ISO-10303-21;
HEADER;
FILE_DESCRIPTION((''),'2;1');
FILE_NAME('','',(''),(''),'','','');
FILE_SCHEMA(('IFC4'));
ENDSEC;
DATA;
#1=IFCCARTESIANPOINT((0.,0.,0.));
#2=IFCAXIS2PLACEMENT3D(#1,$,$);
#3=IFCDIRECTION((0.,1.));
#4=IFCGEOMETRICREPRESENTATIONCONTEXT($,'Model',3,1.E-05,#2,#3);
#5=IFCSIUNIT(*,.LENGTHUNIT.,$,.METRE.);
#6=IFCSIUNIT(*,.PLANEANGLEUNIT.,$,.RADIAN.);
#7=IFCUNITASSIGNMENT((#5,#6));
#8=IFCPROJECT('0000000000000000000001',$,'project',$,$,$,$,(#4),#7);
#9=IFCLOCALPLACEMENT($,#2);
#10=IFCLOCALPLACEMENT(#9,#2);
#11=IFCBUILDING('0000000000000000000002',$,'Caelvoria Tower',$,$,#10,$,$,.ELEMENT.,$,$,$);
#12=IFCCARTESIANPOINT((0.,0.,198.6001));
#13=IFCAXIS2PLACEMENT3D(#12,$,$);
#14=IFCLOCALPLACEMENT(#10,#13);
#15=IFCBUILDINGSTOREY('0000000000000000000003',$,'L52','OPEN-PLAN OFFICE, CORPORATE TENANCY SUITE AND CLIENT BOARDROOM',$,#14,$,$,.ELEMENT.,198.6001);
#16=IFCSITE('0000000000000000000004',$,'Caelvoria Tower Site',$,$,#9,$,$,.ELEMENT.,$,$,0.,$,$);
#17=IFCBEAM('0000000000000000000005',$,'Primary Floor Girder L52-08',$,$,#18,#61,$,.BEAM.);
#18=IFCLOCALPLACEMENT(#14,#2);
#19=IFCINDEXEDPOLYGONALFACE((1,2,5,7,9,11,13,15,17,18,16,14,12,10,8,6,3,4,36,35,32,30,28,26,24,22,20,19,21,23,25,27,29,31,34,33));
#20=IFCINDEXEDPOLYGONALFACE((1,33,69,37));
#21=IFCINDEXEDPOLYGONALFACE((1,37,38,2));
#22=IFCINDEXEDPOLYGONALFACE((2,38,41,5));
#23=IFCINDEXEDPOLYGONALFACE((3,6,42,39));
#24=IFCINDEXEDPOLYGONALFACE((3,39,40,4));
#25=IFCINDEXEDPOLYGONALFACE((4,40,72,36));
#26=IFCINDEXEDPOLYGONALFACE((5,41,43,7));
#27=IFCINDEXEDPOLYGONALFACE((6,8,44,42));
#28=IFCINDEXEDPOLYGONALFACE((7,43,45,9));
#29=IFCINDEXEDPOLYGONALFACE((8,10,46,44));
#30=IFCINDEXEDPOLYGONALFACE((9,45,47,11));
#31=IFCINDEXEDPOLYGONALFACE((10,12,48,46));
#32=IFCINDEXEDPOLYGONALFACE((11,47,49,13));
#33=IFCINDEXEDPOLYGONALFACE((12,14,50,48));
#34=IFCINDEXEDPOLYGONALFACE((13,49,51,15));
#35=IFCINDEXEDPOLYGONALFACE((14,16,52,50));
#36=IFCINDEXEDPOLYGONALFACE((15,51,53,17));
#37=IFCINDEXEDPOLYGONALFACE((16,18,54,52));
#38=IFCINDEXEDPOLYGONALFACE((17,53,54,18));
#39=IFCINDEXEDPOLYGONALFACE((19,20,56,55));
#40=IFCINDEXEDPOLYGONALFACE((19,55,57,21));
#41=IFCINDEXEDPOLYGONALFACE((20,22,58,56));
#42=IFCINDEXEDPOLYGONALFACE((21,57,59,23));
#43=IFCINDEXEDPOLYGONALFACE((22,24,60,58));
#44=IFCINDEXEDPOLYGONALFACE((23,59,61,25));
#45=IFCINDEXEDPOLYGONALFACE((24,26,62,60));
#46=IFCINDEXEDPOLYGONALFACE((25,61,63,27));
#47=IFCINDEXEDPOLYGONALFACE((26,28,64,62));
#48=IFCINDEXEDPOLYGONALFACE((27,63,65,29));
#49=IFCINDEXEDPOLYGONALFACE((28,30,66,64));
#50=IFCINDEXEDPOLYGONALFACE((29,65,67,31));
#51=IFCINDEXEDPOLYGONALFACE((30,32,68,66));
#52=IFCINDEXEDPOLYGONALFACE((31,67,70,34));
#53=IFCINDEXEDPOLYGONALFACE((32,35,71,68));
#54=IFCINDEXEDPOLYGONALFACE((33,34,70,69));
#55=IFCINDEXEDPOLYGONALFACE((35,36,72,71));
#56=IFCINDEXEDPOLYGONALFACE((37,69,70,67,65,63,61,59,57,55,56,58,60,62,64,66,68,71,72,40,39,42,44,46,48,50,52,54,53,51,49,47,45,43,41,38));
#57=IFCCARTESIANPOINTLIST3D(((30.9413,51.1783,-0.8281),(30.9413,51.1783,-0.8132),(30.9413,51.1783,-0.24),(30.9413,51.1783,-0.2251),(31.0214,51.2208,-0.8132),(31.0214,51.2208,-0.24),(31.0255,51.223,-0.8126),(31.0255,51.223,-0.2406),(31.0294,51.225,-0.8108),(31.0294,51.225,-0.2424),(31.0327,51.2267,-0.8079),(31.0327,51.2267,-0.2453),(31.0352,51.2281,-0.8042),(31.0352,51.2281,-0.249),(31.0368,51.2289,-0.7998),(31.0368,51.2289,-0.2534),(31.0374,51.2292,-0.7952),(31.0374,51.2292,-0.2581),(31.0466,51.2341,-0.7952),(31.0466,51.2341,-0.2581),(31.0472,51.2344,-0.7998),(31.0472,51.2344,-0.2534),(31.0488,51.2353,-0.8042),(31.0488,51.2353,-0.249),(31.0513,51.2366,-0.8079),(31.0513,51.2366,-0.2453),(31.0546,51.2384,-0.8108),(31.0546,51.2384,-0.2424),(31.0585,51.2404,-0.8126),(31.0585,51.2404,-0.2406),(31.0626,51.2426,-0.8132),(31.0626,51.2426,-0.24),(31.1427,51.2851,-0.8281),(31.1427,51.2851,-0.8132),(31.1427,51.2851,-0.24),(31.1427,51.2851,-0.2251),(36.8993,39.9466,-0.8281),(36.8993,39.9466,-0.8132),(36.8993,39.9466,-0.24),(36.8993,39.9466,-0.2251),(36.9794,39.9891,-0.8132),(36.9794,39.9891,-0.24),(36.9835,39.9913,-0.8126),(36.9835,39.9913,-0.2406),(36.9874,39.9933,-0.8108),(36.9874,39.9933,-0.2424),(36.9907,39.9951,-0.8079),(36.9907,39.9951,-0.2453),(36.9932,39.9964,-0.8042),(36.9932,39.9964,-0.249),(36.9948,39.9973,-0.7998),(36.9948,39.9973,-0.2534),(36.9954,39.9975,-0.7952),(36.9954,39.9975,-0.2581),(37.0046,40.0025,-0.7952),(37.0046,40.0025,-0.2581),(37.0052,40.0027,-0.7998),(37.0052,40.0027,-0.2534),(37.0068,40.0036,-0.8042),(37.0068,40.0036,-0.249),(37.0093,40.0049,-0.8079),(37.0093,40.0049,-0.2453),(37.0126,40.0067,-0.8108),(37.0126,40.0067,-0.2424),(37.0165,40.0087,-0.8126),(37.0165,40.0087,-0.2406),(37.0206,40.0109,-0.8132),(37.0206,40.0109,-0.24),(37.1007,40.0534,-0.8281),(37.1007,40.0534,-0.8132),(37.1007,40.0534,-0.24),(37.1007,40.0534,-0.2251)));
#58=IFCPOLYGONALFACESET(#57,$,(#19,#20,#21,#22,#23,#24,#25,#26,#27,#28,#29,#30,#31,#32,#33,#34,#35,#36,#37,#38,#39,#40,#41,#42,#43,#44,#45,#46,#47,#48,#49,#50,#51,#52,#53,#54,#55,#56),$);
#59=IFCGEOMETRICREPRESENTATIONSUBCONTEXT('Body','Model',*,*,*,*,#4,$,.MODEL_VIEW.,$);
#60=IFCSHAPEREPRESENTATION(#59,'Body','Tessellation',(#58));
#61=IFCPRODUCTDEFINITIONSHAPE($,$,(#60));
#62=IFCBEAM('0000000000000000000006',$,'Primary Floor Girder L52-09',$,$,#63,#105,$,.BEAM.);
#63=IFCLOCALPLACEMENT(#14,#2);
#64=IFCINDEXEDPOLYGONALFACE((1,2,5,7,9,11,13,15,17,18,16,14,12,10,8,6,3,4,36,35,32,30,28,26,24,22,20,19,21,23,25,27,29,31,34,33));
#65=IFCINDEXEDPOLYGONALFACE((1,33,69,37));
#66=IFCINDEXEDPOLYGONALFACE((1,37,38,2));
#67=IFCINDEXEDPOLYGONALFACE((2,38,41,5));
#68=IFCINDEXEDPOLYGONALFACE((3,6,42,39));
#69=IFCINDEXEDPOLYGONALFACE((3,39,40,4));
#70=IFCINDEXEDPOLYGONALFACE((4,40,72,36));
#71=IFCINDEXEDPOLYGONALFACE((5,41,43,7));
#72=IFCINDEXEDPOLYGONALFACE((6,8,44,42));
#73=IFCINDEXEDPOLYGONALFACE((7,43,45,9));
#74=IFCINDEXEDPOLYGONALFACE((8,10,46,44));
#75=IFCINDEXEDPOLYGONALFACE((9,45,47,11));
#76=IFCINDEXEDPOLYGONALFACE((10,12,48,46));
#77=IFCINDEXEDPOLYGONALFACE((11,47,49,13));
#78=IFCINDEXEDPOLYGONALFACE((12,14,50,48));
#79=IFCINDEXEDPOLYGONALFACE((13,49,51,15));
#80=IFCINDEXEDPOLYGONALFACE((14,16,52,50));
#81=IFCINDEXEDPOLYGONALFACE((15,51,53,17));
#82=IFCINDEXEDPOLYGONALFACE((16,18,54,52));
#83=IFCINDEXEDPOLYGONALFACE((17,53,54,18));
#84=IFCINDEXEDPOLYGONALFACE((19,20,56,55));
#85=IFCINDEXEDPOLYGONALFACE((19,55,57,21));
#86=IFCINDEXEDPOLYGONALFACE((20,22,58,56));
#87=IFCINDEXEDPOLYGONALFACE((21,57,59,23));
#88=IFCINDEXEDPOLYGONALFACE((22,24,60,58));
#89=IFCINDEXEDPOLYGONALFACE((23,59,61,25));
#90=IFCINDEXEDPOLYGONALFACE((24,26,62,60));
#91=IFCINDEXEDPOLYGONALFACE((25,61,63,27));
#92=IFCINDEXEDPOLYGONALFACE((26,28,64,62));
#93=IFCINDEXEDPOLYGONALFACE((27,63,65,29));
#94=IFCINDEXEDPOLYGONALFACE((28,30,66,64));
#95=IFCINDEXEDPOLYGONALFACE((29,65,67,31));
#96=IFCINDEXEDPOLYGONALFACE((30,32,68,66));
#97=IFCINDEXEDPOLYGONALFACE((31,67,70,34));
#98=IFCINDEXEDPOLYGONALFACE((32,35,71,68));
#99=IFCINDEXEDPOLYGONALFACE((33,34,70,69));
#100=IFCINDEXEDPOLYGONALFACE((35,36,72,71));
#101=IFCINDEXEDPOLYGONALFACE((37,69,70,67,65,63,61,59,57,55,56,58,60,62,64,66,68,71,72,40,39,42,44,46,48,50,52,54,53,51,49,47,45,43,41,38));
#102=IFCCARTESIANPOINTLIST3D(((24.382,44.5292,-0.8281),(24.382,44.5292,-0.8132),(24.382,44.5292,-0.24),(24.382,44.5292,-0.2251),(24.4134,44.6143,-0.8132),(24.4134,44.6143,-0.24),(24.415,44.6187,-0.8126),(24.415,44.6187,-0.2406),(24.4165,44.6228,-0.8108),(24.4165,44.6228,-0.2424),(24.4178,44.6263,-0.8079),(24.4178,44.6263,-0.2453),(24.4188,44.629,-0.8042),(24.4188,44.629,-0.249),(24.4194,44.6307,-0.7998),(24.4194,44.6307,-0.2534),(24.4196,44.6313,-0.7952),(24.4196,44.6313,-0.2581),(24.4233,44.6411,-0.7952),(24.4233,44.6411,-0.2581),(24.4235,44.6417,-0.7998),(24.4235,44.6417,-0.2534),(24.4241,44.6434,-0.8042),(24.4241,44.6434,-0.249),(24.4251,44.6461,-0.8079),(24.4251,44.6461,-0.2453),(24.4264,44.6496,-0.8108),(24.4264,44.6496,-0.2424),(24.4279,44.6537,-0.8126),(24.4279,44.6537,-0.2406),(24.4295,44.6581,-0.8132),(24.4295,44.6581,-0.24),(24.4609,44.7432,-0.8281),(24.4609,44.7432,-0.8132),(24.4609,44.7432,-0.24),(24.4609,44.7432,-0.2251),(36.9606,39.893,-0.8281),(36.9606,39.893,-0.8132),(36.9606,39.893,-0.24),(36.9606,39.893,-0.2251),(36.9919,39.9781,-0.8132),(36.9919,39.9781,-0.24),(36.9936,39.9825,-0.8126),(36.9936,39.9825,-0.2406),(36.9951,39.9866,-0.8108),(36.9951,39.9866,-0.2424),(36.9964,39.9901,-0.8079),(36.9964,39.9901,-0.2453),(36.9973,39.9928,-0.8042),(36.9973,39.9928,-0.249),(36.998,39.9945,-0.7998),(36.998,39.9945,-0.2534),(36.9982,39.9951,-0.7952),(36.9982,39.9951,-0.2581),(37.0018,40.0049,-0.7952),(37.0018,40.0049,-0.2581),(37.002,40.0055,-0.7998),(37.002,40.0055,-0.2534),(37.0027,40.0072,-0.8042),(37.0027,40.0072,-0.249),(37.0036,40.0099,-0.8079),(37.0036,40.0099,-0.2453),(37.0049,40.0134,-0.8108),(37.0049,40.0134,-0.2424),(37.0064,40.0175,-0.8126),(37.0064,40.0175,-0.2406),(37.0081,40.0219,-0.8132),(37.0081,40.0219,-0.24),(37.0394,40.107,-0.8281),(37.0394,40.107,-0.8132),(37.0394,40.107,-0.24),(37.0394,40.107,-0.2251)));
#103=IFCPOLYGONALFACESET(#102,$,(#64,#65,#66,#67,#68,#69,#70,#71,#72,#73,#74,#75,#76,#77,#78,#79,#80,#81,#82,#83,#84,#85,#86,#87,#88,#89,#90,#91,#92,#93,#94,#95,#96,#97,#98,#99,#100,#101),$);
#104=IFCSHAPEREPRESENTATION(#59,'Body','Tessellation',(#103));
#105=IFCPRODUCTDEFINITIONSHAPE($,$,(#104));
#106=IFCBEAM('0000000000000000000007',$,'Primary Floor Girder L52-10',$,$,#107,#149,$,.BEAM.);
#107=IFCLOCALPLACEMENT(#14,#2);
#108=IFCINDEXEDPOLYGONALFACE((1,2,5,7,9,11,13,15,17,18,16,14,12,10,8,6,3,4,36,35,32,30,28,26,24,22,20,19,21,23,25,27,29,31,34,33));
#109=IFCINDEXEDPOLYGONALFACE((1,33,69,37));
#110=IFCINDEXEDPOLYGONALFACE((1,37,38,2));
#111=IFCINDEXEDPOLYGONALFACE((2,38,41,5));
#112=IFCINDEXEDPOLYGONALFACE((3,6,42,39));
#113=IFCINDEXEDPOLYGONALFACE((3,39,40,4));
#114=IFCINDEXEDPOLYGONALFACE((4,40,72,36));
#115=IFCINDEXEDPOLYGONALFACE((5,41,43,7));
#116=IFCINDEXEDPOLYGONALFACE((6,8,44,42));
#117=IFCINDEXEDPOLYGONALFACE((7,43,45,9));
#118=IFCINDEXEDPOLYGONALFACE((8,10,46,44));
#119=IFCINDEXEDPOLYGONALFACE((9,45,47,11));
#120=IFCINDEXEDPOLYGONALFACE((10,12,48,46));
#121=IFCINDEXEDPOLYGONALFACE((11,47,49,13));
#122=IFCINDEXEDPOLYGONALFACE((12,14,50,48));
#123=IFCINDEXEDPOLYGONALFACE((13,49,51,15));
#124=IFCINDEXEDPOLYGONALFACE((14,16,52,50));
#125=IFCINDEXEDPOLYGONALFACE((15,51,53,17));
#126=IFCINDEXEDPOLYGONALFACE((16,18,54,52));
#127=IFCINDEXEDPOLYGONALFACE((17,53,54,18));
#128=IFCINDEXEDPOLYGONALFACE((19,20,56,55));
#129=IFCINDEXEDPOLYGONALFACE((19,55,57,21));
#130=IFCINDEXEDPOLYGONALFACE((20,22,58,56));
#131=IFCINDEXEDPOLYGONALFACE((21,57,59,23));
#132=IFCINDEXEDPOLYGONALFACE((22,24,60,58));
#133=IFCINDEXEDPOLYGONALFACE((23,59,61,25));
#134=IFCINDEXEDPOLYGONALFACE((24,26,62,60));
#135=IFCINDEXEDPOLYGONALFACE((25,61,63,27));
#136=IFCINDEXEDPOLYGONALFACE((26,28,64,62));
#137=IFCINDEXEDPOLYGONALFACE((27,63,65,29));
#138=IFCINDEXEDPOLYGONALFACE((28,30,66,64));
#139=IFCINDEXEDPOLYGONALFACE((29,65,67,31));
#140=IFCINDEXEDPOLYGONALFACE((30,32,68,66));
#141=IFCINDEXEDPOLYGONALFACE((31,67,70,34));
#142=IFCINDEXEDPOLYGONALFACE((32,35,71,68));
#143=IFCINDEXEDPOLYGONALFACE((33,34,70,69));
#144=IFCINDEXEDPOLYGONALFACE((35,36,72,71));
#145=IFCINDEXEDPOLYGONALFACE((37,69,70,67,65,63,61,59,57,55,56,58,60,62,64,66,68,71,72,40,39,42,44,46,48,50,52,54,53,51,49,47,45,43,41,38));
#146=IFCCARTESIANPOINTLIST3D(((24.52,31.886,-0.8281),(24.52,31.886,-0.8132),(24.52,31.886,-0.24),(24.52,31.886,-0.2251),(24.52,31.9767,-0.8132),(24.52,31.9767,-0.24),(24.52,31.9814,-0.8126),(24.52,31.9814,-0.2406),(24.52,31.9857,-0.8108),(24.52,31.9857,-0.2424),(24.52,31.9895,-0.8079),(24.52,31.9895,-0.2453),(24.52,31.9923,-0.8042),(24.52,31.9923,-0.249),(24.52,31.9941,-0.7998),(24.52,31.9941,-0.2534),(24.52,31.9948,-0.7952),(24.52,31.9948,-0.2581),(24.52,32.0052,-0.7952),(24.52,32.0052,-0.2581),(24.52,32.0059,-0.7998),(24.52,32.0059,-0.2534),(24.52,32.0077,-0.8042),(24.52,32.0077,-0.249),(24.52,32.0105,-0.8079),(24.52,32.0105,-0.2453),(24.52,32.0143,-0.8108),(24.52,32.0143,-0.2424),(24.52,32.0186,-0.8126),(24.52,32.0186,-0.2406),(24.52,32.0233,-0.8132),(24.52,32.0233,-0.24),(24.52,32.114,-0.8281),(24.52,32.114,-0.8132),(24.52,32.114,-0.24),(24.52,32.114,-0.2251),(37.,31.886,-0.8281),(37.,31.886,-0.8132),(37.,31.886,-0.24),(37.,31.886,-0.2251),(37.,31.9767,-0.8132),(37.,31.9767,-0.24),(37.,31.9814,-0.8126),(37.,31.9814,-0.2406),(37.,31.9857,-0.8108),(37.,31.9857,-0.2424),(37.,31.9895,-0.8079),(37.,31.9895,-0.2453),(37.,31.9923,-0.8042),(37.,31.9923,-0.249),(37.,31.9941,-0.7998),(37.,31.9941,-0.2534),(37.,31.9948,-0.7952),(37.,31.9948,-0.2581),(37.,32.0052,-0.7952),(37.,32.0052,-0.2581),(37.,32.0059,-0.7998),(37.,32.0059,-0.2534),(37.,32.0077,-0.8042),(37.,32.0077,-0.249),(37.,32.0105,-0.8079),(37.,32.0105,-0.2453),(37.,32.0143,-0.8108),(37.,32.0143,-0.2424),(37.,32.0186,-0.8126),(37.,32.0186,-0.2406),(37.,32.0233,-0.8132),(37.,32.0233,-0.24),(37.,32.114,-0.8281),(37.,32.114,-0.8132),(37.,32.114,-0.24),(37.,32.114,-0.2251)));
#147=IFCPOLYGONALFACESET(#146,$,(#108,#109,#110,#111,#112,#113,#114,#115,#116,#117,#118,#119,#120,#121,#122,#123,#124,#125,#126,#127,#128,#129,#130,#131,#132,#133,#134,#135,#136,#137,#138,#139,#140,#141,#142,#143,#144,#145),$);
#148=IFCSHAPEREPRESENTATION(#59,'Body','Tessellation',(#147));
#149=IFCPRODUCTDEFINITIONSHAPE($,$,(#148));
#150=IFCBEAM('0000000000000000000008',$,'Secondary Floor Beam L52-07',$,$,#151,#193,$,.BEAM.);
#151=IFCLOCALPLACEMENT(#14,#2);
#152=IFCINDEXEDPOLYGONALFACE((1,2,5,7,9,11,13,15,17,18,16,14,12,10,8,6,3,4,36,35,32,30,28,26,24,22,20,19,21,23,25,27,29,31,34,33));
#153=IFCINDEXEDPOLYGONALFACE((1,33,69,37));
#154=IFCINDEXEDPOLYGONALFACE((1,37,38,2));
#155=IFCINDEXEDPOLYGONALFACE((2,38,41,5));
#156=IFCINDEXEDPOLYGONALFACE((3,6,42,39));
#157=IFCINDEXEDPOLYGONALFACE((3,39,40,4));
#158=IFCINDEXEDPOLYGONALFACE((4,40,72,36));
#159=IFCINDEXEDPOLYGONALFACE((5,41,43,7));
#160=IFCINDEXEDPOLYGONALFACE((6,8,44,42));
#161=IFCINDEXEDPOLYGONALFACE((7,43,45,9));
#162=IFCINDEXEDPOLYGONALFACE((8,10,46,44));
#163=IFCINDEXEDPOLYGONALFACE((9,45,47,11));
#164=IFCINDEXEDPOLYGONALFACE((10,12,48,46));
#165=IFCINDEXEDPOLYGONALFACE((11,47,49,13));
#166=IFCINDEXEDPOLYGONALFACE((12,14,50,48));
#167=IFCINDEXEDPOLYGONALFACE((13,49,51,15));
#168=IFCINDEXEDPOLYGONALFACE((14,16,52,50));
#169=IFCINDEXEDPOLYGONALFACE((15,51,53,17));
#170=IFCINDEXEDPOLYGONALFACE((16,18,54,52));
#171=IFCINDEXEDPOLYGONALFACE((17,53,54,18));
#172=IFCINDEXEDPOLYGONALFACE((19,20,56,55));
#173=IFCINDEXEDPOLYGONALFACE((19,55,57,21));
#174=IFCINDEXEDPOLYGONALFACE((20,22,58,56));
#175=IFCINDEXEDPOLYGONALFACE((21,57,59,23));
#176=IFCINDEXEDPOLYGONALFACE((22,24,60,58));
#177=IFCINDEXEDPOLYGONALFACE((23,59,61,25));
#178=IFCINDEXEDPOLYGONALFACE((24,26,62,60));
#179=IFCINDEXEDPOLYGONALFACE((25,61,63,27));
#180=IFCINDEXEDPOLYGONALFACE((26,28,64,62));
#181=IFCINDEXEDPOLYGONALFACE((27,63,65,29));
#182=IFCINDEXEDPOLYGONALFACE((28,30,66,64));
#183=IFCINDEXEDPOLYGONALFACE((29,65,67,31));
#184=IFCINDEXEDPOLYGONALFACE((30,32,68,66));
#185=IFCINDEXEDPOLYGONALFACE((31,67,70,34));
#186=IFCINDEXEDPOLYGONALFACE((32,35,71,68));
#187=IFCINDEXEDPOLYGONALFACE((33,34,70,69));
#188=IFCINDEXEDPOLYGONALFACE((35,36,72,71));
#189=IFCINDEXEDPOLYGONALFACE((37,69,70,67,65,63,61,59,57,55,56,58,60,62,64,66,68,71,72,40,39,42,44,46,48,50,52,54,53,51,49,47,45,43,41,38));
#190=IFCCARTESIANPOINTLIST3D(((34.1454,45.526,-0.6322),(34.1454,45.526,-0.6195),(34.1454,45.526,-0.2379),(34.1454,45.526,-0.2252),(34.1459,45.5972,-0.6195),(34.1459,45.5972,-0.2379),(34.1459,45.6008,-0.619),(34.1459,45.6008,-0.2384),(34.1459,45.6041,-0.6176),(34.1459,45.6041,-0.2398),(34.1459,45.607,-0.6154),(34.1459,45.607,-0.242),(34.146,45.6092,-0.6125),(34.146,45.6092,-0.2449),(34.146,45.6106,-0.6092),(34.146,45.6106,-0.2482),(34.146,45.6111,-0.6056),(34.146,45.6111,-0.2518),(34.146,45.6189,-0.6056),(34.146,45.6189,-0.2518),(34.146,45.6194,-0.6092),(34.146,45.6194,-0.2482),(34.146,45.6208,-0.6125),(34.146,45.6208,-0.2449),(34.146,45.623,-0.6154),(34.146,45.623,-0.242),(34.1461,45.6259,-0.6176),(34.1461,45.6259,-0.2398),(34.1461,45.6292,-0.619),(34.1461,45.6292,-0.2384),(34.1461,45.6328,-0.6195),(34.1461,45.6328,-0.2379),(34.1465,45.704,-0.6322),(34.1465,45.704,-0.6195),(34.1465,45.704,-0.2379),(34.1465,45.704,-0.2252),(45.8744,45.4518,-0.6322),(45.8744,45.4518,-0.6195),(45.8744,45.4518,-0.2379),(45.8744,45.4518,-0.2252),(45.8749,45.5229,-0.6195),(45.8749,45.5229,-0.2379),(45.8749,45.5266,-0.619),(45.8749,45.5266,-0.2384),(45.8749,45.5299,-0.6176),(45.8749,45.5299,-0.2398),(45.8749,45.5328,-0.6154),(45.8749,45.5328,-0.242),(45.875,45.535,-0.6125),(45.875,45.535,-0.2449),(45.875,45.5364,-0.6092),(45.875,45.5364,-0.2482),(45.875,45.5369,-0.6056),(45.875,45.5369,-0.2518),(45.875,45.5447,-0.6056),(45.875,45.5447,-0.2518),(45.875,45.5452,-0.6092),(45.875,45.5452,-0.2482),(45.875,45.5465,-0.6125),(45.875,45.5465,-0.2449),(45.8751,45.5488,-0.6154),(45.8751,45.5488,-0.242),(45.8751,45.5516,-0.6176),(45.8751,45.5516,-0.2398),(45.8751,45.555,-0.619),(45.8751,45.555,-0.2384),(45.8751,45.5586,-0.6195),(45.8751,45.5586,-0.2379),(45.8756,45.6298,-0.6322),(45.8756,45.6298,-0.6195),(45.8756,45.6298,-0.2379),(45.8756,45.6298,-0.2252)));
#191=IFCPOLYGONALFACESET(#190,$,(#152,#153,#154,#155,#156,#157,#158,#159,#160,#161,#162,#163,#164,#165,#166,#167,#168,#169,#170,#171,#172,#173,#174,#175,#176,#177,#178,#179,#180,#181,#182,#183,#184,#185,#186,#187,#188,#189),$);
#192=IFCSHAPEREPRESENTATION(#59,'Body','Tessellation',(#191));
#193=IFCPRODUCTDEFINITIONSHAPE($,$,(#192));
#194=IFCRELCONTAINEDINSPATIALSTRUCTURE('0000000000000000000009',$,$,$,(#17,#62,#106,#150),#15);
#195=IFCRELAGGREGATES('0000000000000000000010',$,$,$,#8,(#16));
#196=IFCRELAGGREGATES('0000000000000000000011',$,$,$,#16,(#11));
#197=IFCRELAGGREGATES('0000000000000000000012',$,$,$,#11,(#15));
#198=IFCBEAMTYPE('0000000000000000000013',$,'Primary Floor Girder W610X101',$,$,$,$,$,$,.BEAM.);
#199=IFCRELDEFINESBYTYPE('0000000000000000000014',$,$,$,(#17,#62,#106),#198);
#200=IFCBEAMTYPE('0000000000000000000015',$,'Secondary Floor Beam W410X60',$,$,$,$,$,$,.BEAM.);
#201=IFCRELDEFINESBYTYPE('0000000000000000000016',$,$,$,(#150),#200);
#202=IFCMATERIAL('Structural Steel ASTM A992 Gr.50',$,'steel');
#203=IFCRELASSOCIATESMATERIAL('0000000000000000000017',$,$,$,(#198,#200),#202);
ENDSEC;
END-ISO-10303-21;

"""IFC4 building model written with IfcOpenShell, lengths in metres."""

from ifc_helpers import new_model, si_unit, direction, frame, origin, origin_2d, place, context, subcontext, project, spatial, i_section, extrude, material, material_profile, profile_set, type_object, element, save


model = new_model("IFC4")

# Units and contexts
model_context = context("Model", 3, precision=1e-05, world=origin(), true_north=direction((0.0, 1.0)))
body_context = subcontext(model_context, "Body", "Model", "MODEL_VIEW")
ifc_project = project(units=[si_unit("LENGTHUNIT", "METRE"), si_unit("PLANEANGLEUNIT", "RADIAN")], contexts=[model_context])

# Site, building, storey
site_placement = place(None, origin())
site = spatial("IfcSite", under=ifc_project, at=site_placement, Name="Caelvoria Tower Site", CompositionType="ELEMENT", RefElevation=0.0)
building_placement = place(site_placement, origin())
building = spatial("IfcBuilding", under=site, at=building_placement, Name="Caelvoria Tower", CompositionType="ELEMENT")
storey_placement = place(building_placement, frame((0.0, 0.0, 198.6001)))
storey = spatial("IfcBuildingStorey", under=building, at=storey_placement, Name="L52", Description="OPEN-PLAN OFFICE, CORPORATE TENANCY SUITE AND CLIENT BOARDROOM", CompositionType="ELEMENT", Elevation=198.6001)

# Shared definitions
ifc_material_1 = material(Name="Structural Steel ASTM A992 Gr.50", Category="steel")

# Beams
ifc_material_profile_1 = material_profile(ifc_material_1, i_section(OverallWidth=0.228, OverallDepth=0.603, WebThickness=0.0105, FlangeThickness=0.0149, FilletRadius=0.0181, at=origin_2d()), Name="Structural Steel ASTM A992 Gr.50")
ifc_profile_set_1 = profile_set([ifc_material_profile_1], Name="W610X101 - Structural Steel ASTM A992 Gr.50")
beam_type_1 = type_object("IfcBeamType", Name="Primary Floor Girder W610X101", PredefinedType="BEAM", material=ifc_profile_set_1)
beam_1_placement = place(storey_placement, frame((37.0, 40.0, -0.5266), z_axis=(-0.468614, 0.883403, 0.0), x_axis=(-0.883403, -0.468614, 0.0)))
element("IfcBeam", 1, at=beam_1_placement, inside=storey, type_object=beam_type_1, Name="Primary Floor Girder L52-08", PredefinedType="BEAM", context=body_context, shape_type="SweptSolid", body=[
    extrude(i_section(OverallWidth=0.228, OverallDepth=0.603, WebThickness=0.0105, FlangeThickness=0.0149, FilletRadius=0.0181, at=origin_2d()), origin(), (0.0, 0.0, 1.0), 12.7141),
])
beam_2_placement = place(storey_placement, frame((37.0, 40.0, -0.5266), z_axis=(-0.938295, 0.345837, 0.0), x_axis=(-0.345837, -0.938295, 0.0)))
element("IfcBeam", 2, at=beam_2_placement, inside=storey, type_object=beam_type_1, Name="Primary Floor Girder L52-09", PredefinedType="BEAM", context=body_context, shape_type="SweptSolid", body=[
    extrude(i_section(OverallWidth=0.228, OverallDepth=0.603, WebThickness=0.0105, FlangeThickness=0.0149, FilletRadius=0.0181, at=origin_2d()), origin(), (0.0, 0.0, 1.0), 13.4058),
])
beam_3_placement = place(storey_placement, frame((37.0, 32.0, -0.5266), z_axis=(-1.0, 0.0, 0.0), x_axis=(0.0, -1.0, 0.0)))
element("IfcBeam", 3, at=beam_3_placement, inside=storey, type_object=beam_type_1, Name="Primary Floor Girder L52-10", PredefinedType="BEAM", context=body_context, shape_type="SweptSolid", body=[
    extrude(i_section(OverallWidth=0.228, OverallDepth=0.603, WebThickness=0.0105, FlangeThickness=0.0149, FilletRadius=0.0181, at=origin_2d()), origin(), (0.0, 0.0, 1.0), 12.48),
])
ifc_material_profile_2 = material_profile(ifc_material_1, i_section(OverallWidth=0.178, OverallDepth=0.407, WebThickness=0.0078, FlangeThickness=0.0127, FilletRadius=0.0139, at=origin_2d()), Name="Structural Steel ASTM A992 Gr.50")
ifc_profile_set_2 = profile_set([ifc_material_profile_2], Name="W410X60 - Structural Steel ASTM A992 Gr.50")
beam_type_2 = type_object("IfcBeamType", Name="Secondary Floor Beam W410X60", PredefinedType="BEAM", material=ifc_profile_set_2)
beam_4_placement = place(storey_placement, frame((45.875, 45.5408, -0.4287), z_axis=(-0.99998, 0.006328, 0.0), x_axis=(-0.006328, -0.99998, 0.0)))
element("IfcBeam", 4, at=beam_4_placement, inside=storey, type_object=beam_type_2, Name="Secondary Floor Beam L52-07", PredefinedType="BEAM", context=body_context, shape_type="SweptSolid", body=[
    extrude(i_section(OverallWidth=0.178, OverallDepth=0.407, WebThickness=0.0078, FlangeThickness=0.0127, FilletRadius=0.0139, at=origin_2d()), origin(), (0.0, 0.0, 1.0), 11.7292),
])

save(model, "model.ifc")
